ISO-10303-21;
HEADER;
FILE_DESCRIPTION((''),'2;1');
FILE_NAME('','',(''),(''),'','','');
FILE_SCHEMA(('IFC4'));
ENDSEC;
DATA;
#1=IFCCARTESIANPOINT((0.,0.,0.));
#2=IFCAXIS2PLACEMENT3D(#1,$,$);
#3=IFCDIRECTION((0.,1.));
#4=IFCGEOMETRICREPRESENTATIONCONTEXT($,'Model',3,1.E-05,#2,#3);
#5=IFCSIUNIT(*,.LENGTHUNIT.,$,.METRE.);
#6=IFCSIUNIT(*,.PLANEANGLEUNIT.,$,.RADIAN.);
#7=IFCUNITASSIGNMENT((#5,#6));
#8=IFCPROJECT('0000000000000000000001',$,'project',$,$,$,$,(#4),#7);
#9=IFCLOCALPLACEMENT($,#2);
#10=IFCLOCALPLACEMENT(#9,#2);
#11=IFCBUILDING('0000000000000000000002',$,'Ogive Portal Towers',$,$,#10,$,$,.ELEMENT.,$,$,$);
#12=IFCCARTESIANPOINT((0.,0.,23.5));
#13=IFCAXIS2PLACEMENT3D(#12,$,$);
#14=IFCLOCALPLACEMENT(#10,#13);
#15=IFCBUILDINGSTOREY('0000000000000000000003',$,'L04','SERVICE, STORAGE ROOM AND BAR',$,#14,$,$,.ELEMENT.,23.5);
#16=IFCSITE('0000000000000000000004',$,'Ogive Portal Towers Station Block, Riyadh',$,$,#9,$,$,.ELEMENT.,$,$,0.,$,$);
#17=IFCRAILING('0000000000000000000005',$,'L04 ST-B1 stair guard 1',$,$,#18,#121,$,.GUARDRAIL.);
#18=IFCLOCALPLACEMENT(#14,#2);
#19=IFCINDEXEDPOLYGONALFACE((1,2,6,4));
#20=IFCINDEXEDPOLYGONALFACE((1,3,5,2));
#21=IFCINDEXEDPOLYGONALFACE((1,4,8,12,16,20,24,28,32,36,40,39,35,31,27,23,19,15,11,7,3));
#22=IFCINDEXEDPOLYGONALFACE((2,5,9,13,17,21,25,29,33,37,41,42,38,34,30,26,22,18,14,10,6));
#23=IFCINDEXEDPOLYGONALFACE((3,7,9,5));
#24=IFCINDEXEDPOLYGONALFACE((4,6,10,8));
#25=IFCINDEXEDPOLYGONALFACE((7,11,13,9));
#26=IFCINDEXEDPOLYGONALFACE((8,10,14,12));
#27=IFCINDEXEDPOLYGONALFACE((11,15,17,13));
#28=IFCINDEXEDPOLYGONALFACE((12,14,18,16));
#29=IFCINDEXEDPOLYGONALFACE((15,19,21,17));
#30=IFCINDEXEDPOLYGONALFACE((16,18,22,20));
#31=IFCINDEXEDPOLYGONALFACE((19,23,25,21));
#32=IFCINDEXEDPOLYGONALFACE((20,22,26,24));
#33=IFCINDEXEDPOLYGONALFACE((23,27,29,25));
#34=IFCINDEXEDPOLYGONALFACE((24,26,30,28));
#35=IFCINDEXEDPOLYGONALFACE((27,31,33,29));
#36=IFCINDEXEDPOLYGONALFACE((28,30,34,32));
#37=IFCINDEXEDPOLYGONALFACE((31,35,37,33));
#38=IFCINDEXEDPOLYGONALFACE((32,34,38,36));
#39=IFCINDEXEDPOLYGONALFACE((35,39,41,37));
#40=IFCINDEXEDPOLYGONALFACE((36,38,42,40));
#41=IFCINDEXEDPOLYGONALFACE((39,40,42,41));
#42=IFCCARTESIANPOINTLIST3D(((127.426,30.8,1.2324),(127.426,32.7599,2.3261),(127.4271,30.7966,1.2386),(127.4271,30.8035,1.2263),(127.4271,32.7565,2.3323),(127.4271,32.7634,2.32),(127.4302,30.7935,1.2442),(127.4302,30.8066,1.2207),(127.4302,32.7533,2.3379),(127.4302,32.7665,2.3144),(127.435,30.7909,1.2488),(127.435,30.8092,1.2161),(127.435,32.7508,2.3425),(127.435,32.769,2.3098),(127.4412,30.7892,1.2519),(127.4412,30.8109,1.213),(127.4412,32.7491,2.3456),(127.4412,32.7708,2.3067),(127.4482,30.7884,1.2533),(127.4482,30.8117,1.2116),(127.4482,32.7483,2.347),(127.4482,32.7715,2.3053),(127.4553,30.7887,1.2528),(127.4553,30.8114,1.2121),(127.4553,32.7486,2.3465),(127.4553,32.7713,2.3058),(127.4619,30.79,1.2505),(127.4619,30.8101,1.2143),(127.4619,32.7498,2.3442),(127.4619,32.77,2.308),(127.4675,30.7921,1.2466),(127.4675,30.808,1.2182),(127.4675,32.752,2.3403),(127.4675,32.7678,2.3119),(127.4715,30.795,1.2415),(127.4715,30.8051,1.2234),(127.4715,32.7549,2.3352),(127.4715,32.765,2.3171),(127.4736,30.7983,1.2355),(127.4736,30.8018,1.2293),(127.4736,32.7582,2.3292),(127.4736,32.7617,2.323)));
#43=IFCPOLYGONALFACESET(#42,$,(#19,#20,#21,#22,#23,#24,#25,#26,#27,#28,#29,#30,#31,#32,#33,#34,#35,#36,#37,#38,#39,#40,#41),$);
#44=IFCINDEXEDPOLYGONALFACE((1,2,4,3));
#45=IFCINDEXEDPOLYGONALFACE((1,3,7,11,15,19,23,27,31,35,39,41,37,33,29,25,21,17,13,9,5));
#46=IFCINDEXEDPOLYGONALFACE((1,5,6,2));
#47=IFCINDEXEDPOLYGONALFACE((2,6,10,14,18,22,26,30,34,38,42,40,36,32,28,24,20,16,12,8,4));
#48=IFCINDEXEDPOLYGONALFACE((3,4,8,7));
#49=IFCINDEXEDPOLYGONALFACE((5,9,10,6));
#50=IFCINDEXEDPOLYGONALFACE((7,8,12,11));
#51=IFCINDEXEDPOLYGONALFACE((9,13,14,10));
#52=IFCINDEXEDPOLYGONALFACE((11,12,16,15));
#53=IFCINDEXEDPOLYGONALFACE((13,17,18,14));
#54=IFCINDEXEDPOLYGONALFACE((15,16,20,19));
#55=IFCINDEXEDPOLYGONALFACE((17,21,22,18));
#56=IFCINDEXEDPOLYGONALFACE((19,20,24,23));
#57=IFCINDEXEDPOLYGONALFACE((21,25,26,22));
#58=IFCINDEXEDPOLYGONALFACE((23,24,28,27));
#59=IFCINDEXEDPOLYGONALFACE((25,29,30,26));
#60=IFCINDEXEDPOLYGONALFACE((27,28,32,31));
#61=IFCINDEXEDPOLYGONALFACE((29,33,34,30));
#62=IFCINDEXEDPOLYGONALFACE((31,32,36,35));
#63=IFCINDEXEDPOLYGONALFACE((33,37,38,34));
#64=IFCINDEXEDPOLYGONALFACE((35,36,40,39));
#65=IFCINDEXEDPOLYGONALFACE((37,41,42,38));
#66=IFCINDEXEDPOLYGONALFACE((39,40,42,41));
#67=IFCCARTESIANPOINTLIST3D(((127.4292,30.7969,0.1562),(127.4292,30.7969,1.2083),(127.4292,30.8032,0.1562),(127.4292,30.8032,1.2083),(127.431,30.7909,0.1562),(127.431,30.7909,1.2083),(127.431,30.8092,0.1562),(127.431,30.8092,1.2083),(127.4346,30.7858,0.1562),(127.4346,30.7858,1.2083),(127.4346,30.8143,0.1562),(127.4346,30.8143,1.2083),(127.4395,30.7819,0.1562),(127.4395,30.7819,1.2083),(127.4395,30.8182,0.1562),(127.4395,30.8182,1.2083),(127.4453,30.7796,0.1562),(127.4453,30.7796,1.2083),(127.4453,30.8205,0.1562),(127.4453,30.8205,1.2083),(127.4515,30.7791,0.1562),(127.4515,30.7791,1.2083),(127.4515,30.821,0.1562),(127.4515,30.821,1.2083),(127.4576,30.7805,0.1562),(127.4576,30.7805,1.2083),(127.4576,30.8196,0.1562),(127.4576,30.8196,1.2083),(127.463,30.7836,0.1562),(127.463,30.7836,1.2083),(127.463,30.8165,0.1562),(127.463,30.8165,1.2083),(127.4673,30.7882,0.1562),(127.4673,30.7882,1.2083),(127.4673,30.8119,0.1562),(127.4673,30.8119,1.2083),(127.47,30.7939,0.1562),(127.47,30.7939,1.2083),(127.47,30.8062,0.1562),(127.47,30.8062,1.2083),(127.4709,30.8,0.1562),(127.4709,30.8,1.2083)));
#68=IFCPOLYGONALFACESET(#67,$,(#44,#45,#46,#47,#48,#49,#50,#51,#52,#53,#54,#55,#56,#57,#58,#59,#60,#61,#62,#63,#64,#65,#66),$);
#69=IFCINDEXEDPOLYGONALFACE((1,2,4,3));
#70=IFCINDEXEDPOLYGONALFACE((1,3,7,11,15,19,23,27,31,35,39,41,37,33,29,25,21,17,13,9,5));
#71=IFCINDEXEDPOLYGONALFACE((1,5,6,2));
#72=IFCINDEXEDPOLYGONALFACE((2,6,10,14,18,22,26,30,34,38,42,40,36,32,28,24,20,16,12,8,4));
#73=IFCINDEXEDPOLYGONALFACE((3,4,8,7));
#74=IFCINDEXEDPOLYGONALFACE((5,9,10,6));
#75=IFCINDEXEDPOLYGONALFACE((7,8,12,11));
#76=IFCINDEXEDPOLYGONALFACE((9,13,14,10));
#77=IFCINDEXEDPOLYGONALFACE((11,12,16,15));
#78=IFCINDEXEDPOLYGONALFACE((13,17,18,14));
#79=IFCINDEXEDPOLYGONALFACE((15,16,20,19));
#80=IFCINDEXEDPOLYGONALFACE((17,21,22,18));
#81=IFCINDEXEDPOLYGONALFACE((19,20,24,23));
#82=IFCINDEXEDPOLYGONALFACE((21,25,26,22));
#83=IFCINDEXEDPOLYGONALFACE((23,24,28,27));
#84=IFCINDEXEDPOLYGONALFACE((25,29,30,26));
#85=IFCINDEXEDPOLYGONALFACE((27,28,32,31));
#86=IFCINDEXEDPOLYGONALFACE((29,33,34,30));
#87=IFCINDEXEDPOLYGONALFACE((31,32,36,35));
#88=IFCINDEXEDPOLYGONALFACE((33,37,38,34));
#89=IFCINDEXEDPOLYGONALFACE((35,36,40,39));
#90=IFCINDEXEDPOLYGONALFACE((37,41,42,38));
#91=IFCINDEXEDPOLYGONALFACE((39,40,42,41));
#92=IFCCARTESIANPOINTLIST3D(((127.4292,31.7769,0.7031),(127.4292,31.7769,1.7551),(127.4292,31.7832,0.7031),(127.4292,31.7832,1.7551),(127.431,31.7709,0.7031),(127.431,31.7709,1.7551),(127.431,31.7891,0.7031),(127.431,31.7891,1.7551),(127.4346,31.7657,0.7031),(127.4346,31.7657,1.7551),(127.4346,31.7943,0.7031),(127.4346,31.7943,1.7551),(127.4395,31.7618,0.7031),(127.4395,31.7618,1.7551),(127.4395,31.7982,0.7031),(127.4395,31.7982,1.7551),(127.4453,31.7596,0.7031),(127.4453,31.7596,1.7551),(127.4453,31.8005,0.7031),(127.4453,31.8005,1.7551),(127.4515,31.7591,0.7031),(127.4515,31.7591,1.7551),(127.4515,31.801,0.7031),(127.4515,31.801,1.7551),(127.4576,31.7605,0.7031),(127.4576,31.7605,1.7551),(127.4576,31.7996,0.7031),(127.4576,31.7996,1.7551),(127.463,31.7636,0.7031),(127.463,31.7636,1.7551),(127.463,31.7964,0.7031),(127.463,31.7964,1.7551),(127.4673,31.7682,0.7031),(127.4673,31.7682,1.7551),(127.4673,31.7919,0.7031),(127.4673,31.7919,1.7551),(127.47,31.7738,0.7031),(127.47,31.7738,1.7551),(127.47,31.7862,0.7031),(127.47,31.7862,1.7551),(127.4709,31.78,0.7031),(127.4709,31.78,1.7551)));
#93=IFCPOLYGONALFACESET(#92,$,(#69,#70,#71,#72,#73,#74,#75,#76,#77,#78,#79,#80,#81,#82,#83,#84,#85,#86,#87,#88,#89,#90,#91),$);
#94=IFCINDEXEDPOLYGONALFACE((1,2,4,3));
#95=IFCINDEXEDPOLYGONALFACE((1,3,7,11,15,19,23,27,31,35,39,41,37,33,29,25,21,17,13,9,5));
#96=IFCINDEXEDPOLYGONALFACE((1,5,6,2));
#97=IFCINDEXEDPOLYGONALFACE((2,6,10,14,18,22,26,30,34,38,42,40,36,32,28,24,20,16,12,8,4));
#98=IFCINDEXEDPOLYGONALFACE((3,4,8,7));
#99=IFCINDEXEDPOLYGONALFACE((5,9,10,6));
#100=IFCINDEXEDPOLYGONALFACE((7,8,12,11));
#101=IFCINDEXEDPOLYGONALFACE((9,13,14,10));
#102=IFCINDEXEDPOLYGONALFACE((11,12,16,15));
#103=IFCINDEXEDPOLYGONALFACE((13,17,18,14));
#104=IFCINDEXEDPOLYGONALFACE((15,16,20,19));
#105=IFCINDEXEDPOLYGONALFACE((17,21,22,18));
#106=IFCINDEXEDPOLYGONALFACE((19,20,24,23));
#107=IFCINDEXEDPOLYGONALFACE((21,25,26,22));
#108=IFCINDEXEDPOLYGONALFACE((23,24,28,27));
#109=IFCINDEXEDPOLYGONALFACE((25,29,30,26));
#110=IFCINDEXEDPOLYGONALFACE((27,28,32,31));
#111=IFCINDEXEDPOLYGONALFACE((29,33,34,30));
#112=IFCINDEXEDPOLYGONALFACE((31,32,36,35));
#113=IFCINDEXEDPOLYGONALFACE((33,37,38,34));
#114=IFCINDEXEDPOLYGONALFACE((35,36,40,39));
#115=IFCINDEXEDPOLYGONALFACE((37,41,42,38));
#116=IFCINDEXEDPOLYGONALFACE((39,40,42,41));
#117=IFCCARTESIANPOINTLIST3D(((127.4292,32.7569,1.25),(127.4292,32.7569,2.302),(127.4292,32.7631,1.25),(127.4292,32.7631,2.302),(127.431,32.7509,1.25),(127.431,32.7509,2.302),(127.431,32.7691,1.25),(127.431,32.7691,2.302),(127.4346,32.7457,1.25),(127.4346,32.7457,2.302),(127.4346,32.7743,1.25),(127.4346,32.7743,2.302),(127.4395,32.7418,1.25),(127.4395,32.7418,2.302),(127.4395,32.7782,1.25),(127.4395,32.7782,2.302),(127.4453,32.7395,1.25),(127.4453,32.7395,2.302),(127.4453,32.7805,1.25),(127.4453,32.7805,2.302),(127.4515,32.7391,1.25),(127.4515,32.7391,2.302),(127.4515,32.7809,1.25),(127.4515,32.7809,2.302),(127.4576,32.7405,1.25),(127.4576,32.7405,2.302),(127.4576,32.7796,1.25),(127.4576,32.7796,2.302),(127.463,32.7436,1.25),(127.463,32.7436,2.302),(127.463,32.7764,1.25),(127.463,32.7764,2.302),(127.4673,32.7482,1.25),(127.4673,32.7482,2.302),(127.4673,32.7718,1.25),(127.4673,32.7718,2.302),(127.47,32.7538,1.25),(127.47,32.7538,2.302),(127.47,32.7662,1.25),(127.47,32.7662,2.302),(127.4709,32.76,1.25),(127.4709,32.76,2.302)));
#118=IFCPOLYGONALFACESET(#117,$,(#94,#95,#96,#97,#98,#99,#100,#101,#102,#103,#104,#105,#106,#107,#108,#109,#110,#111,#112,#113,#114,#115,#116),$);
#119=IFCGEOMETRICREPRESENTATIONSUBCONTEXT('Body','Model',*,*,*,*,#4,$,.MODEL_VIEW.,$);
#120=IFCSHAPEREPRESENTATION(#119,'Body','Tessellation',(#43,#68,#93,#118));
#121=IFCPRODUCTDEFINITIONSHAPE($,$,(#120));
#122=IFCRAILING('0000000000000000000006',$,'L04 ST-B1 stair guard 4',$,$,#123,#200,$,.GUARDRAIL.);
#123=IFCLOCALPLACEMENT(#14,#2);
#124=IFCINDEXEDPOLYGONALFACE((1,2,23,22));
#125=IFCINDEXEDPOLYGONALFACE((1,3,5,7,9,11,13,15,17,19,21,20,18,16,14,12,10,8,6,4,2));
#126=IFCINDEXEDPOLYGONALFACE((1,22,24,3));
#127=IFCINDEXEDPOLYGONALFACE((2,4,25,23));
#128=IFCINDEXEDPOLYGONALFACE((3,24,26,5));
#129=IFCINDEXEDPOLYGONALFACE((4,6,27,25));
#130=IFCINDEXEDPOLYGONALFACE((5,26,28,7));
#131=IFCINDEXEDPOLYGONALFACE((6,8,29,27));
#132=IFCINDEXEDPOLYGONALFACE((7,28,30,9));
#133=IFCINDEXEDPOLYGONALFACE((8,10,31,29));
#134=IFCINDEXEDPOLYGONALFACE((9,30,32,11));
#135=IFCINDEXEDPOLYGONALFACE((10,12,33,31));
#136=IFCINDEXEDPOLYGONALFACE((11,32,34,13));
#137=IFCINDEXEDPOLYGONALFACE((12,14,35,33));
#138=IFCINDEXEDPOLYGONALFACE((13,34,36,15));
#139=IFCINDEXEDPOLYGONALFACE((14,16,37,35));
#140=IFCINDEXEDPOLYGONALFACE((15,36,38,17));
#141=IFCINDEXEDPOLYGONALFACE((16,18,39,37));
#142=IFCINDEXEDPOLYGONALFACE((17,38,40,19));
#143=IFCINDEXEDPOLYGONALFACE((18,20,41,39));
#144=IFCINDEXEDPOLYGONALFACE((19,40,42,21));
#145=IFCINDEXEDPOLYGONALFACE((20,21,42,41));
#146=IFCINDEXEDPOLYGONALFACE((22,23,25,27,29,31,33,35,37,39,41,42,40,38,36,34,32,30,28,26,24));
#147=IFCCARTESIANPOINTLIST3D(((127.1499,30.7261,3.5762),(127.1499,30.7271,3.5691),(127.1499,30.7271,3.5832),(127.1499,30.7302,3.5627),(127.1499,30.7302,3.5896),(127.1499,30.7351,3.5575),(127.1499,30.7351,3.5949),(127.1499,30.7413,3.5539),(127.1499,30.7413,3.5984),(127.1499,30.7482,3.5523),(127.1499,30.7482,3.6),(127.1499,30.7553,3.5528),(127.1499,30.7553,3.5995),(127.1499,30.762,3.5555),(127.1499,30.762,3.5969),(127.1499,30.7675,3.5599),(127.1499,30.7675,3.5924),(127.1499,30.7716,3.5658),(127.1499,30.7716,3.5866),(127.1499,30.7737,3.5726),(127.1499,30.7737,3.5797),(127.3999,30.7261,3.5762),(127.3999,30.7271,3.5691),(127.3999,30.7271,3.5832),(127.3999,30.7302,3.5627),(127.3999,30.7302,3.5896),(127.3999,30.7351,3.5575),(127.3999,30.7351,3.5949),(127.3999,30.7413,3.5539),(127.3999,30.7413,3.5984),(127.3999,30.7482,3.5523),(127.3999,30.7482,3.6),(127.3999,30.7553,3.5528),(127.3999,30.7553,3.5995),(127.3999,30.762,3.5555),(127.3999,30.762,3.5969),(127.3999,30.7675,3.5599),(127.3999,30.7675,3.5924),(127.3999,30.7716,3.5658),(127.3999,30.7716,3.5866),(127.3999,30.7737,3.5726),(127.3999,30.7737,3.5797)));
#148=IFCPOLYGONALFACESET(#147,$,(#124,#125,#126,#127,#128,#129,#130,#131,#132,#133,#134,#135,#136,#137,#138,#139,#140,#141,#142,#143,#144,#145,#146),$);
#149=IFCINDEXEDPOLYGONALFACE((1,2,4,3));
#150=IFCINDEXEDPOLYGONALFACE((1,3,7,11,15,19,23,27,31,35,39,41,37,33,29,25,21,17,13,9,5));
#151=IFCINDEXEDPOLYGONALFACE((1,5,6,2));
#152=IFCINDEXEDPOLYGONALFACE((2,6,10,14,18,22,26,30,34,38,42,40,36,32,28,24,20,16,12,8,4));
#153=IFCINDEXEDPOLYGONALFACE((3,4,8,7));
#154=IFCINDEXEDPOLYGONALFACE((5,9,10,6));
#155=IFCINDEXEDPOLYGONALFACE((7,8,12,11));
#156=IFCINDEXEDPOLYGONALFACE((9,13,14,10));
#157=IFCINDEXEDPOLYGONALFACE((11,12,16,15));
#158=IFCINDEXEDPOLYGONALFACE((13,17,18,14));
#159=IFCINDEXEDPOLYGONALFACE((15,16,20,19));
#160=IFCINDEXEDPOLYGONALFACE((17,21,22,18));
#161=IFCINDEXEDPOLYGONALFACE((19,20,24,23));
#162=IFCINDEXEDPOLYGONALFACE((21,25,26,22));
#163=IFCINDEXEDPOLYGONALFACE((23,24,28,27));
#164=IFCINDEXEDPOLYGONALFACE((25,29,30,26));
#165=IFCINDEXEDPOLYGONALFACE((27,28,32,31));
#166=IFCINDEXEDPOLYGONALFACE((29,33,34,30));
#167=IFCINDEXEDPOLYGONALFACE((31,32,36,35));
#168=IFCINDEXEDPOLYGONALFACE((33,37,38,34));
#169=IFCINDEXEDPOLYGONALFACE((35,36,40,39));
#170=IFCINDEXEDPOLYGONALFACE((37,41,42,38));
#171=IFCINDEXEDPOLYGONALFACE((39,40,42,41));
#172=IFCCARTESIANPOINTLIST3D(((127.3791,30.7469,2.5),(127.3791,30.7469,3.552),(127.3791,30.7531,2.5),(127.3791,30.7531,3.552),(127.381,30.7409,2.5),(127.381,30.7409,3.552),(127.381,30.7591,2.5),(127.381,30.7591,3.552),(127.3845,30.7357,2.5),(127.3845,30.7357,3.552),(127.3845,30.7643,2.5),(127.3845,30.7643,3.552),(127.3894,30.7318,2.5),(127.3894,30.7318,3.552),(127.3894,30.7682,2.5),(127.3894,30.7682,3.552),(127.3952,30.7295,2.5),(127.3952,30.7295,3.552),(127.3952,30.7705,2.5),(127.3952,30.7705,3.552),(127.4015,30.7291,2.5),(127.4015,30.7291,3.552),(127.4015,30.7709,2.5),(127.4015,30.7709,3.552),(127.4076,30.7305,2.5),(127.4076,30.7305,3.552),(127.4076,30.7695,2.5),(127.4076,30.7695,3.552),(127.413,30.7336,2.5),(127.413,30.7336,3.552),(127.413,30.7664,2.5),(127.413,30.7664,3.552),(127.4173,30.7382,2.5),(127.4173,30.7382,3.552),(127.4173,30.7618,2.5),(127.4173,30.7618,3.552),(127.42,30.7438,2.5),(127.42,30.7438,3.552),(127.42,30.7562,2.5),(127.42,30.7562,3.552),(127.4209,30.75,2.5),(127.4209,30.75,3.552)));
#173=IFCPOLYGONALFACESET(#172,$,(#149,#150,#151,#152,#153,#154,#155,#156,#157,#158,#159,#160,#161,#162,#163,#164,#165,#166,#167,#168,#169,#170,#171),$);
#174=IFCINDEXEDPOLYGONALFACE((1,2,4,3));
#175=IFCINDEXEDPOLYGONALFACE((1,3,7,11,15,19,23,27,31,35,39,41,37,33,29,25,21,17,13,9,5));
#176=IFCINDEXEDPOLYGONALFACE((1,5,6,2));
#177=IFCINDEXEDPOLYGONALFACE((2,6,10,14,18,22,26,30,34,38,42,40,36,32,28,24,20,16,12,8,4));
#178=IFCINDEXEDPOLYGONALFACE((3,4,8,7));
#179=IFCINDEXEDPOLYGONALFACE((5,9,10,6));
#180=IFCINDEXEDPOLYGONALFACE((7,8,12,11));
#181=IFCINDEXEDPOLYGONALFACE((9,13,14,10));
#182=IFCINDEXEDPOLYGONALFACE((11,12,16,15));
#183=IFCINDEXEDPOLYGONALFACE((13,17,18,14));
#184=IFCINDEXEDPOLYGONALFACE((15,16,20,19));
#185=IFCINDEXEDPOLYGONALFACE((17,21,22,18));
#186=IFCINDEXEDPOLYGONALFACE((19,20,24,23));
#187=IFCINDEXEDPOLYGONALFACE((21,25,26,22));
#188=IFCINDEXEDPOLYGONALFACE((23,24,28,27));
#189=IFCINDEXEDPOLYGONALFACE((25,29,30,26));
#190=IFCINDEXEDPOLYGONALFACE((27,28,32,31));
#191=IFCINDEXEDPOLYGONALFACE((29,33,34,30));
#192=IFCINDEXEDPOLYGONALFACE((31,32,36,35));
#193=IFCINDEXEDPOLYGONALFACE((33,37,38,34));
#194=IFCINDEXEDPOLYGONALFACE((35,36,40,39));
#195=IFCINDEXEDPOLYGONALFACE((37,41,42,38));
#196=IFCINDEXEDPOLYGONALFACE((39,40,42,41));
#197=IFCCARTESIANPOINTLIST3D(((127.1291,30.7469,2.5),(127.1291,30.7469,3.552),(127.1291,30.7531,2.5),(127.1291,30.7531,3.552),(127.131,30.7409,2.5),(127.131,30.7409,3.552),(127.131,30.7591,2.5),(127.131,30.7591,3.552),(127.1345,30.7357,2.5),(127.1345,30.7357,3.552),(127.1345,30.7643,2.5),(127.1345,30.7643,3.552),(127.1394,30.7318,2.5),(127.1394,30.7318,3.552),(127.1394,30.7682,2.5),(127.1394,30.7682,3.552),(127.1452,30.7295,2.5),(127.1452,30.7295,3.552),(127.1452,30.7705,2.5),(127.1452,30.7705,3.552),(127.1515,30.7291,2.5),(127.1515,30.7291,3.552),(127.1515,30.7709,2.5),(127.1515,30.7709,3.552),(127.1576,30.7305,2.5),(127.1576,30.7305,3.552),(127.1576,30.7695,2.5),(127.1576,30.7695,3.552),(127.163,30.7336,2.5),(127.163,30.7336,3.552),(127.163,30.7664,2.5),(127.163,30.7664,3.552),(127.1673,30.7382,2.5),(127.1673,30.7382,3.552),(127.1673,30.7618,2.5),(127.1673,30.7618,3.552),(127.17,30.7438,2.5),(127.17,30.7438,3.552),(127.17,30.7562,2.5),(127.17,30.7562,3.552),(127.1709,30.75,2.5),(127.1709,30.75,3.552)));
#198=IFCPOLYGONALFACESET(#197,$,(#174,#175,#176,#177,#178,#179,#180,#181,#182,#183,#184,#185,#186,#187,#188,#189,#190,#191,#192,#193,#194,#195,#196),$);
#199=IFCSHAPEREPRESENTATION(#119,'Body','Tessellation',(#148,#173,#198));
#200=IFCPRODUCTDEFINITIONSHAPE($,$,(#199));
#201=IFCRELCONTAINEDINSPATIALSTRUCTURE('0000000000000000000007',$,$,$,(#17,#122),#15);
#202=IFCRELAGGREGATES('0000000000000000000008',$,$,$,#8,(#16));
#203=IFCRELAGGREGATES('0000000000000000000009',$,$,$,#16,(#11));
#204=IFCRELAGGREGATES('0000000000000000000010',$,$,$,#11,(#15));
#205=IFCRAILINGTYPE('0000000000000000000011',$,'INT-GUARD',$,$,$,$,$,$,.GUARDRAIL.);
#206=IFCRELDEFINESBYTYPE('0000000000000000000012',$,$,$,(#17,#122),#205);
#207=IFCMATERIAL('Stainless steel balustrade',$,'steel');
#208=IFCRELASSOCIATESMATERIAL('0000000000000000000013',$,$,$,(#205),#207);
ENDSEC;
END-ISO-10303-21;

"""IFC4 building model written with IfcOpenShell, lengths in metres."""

from ifc_helpers import new_model, si_unit, direction, frame, origin, origin_2d, place, context, subcontext, project, spatial, circle, extrude, material, type_object, element, save


model = new_model("IFC4")

# Units and contexts
model_context = context("Model", 3, precision=1e-05, world=origin(), true_north=direction((0.0, 1.0)))
body_context = subcontext(model_context, "Body", "Model", "MODEL_VIEW")
ifc_project = project(units=[si_unit("LENGTHUNIT", "METRE"), si_unit("PLANEANGLEUNIT", "RADIAN")], contexts=[model_context])

# Site, building, storey
site_placement = place(None, origin())
site = spatial("IfcSite", under=ifc_project, at=site_placement, Name="Ogive Portal Towers Station Block, Riyadh", CompositionType="ELEMENT", RefElevation=0.0)
building_placement = place(site_placement, origin())
building = spatial("IfcBuilding", under=site, at=building_placement, Name="Ogive Portal Towers", CompositionType="ELEMENT")
storey_placement = place(building_placement, frame((0.0, 0.0, 23.5)))
storey = spatial("IfcBuildingStorey", under=building, at=storey_placement, Name="L04", Description="SERVICE, STORAGE ROOM AND BAR", CompositionType="ELEMENT", Elevation=23.5)

# Railings
ifc_material_1 = material(Name="Stainless steel balustrade", Category="steel")
railing_type = type_object("IfcRailingType", Name="INT-GUARD", PredefinedType="GUARDRAIL", material=ifc_material_1)
railing_placement = place(storey_placement, frame((127.45, 30.8, 0.1562)))
element("IfcRailing", 1, at=railing_placement, inside=storey, type_object=railing_type, Name="L04 ST-B1 stair guard 1", PredefinedType="GUARDRAIL", context=body_context, shape_type="SweptSolid", body=[
    extrude(circle(Radius=0.0239, at=origin_2d()), frame((0.0, 0.0, 1.0762), z_axis=(0.0, 0.873232, 0.487304), x_axis=(-1.0, 0.0, 0.0)), (0.0, 0.0, 1.0), 2.2444),
    extrude(circle(Radius=0.021, at=origin_2d()), origin(), (0.0, 0.0, 1.0), 1.052),
    extrude(circle(Radius=0.021, at=origin_2d()), frame((0.0, 0.98, 0.5469)), (0.0, 0.0, 1.0), 1.052),
    extrude(circle(Radius=0.021, at=origin_2d()), frame((0.0, 1.96, 1.0938)), (0.0, 0.0, 1.0), 1.052),
])
for number, where, name in (
    (2, (127.3999, 30.75, 2.5), "L04 ST-B1 stair guard 4"),
):
    element("IfcRailing", number, at=place(storey_placement, frame(where)), inside=storey, type_object=railing_type, Name=name, PredefinedType="GUARDRAIL", context=body_context, shape_type="SweptSolid", body=[
        extrude(circle(Radius=0.0239, at=origin_2d()), frame((0.0, 0.0, 1.0762), z_axis=(-1.0, 0.0, 0.0), x_axis=(0.0, -1.0, 0.0)), (0.0, 0.0, 1.0), 0.25),
        extrude(circle(Radius=0.021, at=origin_2d()), origin(), (0.0, 0.0, 1.0), 1.052),
        extrude(circle(Radius=0.021, at=origin_2d()), frame((-0.25, 0.0, 0.0)), (0.0, 0.0, 1.0), 1.052),
    ])

save(model, "model.ifc")
